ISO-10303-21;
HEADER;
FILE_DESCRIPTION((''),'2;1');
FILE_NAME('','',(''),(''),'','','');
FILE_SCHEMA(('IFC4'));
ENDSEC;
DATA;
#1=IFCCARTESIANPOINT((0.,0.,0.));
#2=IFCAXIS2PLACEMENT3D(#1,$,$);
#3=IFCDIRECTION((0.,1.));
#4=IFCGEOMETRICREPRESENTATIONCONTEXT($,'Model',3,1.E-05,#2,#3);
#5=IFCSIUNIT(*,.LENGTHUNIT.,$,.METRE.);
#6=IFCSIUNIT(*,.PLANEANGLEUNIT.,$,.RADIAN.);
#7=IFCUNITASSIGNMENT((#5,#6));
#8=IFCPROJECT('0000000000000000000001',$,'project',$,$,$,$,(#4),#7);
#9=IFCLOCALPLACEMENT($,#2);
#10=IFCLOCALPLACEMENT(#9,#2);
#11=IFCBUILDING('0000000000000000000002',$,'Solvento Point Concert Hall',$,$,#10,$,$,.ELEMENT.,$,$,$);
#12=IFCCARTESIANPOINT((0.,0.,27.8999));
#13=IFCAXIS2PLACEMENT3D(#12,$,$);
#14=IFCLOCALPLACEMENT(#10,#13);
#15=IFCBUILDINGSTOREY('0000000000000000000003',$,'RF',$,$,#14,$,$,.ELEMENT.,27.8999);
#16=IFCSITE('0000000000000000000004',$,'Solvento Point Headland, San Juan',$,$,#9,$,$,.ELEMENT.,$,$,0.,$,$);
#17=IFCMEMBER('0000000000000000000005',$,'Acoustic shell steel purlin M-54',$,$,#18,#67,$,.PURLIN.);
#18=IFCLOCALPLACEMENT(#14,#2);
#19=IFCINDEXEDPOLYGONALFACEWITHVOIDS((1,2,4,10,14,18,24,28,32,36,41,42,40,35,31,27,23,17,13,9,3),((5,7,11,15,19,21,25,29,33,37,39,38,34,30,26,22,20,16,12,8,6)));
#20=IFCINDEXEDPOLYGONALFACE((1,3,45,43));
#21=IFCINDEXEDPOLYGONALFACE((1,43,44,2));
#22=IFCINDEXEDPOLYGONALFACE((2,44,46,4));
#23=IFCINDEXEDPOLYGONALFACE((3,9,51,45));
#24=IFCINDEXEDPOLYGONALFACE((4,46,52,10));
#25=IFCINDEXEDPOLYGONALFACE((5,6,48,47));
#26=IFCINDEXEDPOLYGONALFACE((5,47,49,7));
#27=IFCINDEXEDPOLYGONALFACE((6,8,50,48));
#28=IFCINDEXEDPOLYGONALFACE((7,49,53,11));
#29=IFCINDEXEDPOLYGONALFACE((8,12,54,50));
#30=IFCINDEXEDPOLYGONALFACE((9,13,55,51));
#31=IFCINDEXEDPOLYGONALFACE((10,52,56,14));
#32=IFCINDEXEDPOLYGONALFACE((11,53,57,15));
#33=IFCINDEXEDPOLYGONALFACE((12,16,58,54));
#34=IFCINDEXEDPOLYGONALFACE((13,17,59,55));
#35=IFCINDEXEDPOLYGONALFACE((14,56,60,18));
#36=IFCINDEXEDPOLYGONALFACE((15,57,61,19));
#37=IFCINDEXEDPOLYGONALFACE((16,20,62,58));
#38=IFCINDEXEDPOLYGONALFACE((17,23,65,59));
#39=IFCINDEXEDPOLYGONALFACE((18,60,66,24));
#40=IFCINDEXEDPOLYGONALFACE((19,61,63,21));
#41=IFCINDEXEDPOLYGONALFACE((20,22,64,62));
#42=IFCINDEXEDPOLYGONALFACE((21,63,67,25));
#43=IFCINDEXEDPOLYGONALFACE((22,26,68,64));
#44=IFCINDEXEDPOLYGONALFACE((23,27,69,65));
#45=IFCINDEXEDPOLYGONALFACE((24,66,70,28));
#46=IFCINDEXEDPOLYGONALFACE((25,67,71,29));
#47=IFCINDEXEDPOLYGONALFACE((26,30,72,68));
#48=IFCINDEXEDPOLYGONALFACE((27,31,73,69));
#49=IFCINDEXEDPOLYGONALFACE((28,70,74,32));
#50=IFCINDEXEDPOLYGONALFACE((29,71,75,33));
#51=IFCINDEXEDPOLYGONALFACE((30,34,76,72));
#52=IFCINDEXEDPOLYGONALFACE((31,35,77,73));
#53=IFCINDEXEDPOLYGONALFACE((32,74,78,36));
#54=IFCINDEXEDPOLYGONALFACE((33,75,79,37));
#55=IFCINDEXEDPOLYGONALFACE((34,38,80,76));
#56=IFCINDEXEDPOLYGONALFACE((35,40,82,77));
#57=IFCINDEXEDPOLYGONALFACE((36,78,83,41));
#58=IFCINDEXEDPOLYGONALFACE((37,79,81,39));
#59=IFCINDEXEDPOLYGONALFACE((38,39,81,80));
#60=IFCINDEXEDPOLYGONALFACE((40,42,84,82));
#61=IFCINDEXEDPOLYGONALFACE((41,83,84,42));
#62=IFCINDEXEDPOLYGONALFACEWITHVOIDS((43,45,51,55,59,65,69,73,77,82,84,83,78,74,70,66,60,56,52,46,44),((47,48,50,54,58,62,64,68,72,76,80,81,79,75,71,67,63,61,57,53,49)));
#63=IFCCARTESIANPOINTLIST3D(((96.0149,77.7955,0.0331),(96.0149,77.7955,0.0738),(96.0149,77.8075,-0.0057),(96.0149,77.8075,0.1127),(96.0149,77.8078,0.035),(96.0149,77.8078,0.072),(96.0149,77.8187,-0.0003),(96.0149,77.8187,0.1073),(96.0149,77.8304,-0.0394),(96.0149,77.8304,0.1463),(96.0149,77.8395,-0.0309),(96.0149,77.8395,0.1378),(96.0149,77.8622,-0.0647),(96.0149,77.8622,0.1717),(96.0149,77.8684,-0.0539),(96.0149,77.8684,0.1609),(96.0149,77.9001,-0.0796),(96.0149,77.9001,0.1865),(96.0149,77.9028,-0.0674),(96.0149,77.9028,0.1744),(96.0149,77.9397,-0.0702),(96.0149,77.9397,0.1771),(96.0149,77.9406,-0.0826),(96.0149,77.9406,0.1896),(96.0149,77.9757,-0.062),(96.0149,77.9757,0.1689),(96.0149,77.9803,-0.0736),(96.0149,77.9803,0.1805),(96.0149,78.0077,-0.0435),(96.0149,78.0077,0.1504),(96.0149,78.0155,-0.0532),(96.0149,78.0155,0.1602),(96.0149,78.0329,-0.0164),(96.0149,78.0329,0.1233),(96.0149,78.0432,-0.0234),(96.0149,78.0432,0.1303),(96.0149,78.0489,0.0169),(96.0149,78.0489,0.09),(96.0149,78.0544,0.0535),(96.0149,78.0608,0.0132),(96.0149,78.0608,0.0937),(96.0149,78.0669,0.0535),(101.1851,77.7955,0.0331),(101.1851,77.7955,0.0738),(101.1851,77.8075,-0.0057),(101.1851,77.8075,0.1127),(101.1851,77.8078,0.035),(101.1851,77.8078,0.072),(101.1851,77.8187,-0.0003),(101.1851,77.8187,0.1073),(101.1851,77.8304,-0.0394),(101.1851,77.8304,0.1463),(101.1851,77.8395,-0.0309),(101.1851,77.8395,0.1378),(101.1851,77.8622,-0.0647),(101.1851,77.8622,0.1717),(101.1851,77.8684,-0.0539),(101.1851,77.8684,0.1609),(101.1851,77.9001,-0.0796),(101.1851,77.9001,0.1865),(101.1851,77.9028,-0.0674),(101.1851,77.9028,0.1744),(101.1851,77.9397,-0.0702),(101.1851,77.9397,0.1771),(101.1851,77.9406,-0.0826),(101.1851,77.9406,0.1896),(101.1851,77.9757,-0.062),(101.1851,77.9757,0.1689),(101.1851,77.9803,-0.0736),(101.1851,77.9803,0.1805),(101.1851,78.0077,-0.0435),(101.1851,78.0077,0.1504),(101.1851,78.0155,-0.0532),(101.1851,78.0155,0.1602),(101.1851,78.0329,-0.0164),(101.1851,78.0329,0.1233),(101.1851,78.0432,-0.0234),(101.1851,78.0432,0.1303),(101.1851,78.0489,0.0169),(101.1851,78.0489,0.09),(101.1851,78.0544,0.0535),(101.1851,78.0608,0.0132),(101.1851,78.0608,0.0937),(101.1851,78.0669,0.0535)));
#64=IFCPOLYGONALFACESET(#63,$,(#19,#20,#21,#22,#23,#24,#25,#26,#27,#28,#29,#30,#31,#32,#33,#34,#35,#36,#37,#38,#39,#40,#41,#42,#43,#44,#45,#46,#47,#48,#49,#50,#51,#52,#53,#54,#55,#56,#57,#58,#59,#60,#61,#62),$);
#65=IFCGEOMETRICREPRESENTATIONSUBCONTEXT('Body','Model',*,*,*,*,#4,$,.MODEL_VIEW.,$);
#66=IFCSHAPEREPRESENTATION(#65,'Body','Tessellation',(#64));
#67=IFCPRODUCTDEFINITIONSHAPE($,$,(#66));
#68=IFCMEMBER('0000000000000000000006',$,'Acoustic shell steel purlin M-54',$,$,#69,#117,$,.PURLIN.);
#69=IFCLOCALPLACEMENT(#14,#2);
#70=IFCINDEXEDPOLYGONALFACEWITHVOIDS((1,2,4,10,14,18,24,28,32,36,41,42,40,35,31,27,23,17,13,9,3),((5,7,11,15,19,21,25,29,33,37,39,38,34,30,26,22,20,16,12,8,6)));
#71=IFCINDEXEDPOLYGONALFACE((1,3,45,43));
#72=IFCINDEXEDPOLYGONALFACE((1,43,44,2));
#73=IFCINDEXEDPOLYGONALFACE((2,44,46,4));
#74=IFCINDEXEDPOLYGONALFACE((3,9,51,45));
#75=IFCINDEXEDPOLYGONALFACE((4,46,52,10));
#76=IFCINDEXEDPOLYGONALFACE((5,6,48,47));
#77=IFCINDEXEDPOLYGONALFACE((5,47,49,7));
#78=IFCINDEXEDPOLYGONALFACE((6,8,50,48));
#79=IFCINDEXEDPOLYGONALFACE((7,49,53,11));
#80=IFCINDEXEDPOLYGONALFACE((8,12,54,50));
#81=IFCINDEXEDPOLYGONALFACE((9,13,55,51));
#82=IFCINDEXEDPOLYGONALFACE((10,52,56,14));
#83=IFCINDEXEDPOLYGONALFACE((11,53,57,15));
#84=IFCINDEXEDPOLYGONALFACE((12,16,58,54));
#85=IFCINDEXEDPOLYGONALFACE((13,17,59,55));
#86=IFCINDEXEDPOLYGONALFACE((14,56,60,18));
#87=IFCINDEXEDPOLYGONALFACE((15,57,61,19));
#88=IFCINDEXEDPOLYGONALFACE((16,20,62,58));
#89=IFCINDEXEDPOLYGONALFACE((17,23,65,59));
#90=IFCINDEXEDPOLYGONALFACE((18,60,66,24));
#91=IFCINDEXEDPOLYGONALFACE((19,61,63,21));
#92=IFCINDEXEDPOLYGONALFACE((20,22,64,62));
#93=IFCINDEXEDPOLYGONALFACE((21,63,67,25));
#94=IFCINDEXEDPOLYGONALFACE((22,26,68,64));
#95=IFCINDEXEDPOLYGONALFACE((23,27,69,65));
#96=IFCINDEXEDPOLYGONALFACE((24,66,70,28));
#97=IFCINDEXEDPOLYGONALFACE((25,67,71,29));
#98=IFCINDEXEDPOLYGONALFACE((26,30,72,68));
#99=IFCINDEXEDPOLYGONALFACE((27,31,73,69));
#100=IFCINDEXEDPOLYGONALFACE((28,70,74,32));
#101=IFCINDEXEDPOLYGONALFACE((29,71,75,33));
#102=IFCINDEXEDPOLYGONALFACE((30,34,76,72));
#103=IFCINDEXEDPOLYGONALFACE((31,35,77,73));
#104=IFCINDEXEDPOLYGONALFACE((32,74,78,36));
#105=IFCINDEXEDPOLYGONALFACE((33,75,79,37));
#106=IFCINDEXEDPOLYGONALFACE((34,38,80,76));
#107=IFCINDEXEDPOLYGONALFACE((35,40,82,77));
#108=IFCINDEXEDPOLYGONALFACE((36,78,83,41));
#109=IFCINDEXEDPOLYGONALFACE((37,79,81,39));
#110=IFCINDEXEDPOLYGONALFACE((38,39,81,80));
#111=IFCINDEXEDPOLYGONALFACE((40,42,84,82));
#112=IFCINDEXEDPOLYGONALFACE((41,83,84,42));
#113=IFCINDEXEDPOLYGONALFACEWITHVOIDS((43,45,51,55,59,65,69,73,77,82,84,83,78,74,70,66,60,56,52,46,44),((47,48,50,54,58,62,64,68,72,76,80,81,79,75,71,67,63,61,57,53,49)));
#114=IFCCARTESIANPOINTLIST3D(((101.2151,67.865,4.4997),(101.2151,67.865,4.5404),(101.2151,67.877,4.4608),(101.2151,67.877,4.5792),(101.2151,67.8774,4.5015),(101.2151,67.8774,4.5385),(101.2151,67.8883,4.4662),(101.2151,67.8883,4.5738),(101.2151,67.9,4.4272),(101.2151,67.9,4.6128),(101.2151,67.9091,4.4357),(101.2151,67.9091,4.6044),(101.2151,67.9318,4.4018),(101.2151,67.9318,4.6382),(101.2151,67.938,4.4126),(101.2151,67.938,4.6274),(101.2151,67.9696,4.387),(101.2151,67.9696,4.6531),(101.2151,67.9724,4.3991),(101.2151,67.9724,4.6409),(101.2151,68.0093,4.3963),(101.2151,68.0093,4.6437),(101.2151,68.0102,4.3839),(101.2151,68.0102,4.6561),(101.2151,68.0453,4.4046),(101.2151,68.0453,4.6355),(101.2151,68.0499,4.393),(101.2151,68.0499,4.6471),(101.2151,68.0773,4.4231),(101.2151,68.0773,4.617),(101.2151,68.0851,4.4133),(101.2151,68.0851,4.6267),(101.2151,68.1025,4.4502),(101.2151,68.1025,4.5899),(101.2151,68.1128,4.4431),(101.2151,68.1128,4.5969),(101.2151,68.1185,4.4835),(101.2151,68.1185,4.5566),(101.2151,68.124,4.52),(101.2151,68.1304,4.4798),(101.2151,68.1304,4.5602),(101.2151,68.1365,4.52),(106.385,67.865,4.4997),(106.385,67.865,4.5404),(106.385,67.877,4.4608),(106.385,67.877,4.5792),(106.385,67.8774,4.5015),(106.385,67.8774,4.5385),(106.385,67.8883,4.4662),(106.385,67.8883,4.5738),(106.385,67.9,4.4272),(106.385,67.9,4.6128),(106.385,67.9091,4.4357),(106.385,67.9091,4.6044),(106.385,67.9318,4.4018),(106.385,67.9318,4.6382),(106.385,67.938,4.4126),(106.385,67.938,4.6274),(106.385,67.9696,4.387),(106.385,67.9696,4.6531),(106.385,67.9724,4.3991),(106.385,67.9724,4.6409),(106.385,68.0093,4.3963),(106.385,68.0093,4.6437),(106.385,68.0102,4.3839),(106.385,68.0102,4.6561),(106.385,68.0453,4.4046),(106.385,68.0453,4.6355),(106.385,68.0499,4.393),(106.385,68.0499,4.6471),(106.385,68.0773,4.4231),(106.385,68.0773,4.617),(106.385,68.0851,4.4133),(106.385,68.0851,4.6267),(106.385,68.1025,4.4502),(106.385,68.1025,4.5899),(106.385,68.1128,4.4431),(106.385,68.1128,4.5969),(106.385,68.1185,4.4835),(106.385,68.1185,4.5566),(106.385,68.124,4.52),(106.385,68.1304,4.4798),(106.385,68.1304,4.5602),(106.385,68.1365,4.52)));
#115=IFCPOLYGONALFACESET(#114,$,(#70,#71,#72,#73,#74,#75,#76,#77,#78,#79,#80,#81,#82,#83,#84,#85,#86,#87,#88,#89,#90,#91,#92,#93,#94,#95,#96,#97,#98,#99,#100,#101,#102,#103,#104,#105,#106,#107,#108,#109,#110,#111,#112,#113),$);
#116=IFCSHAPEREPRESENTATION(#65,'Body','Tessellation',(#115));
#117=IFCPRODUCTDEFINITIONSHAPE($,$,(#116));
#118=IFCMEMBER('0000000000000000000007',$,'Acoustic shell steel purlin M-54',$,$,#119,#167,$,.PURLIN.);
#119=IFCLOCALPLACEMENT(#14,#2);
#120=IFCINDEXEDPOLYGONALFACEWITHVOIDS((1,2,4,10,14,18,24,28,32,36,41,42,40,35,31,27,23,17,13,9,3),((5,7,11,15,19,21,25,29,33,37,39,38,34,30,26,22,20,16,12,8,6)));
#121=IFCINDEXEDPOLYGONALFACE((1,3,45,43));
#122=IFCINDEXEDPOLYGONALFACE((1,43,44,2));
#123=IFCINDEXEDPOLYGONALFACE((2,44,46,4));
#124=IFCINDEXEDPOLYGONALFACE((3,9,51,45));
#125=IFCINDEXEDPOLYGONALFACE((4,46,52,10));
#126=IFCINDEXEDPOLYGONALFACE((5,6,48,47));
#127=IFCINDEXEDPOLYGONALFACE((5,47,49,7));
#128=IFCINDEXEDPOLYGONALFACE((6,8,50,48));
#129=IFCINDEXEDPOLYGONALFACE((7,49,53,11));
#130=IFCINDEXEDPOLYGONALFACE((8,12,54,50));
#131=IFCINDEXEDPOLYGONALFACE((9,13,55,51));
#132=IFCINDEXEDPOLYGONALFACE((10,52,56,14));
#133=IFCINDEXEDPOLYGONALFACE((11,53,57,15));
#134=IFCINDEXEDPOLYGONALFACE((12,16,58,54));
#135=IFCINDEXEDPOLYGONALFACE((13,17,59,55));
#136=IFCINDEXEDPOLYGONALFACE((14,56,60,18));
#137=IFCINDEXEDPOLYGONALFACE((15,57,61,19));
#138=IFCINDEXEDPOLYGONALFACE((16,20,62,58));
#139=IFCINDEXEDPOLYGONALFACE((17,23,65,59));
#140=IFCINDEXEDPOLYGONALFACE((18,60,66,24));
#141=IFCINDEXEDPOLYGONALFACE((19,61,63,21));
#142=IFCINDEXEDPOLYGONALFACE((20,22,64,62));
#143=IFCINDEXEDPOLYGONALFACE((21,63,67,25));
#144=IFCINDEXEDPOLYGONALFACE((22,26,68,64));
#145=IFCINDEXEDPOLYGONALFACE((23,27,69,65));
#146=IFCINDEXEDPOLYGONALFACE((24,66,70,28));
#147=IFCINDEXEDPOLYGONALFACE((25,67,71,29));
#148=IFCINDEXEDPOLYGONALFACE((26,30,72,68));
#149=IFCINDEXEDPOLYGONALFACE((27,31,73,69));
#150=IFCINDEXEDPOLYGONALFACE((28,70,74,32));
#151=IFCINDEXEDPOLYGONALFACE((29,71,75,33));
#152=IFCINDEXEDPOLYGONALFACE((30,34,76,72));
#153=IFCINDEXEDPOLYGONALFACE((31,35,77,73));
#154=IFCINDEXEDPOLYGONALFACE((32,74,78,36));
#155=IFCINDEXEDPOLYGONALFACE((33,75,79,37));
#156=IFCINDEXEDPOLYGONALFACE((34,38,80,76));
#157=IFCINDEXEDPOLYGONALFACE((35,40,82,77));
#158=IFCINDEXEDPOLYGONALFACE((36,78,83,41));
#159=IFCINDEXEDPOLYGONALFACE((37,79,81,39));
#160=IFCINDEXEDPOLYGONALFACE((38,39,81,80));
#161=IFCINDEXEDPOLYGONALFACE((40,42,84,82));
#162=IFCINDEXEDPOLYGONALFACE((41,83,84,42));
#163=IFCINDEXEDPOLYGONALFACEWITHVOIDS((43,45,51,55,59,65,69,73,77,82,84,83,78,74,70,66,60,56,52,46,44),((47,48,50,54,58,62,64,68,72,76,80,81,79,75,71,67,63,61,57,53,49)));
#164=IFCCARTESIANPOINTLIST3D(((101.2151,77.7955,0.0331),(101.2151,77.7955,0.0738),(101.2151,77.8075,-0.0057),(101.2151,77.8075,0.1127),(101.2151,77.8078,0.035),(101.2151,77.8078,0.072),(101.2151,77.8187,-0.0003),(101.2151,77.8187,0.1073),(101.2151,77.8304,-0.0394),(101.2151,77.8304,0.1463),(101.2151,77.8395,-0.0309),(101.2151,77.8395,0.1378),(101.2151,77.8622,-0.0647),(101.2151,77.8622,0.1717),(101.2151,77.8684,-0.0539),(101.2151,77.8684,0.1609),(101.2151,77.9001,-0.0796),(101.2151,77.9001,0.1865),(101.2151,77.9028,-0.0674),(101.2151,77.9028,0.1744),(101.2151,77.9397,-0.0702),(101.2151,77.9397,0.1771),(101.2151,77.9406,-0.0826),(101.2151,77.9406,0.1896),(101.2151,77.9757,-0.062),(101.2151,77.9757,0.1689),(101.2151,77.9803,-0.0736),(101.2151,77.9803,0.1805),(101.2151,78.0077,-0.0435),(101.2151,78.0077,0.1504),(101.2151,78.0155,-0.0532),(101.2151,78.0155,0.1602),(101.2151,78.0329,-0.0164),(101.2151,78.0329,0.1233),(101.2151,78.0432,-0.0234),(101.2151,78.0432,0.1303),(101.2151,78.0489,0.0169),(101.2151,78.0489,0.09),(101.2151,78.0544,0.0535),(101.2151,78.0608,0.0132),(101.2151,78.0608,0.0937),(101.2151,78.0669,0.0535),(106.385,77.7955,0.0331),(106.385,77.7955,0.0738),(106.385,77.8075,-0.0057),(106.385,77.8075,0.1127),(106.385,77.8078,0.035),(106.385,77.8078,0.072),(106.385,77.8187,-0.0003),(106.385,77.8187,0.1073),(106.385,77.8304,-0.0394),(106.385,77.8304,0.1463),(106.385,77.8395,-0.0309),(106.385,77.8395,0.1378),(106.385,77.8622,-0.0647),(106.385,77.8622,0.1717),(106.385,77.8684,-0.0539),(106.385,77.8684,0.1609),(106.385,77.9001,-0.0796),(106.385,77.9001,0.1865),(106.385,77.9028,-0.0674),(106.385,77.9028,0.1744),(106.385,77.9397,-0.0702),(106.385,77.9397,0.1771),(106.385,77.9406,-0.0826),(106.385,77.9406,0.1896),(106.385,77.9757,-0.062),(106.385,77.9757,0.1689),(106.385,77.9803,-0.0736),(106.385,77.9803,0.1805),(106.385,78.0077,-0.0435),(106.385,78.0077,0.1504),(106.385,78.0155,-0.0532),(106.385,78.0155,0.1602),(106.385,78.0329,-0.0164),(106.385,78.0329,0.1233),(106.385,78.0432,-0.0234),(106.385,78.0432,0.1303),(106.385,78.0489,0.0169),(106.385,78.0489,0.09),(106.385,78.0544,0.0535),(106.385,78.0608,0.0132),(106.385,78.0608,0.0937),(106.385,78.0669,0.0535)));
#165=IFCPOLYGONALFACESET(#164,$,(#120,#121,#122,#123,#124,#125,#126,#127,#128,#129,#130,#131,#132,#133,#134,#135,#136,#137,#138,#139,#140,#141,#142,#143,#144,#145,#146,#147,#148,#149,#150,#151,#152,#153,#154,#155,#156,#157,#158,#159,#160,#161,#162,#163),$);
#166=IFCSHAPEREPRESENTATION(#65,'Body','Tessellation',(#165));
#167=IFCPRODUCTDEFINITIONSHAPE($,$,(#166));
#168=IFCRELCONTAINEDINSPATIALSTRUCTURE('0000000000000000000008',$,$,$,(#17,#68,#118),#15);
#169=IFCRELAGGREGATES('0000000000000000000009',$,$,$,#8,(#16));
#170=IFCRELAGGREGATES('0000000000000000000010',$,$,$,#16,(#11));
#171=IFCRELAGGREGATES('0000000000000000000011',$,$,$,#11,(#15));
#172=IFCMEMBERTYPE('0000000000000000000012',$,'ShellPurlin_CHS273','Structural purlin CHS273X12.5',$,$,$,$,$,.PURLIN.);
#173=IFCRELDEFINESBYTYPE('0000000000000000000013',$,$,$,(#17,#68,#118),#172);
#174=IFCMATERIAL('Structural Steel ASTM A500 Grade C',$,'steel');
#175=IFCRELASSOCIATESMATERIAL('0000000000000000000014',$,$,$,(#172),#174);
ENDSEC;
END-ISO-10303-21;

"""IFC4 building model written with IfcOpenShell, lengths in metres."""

from ifc_helpers import new_model, si_unit, direction, frame, origin, origin_2d, place, context, subcontext, project, spatial, hollow_circle, extrude, material, material_profile, profile_set, type_object, element, save


model = new_model("IFC4")

# Units and contexts
model_context = context("Model", 3, precision=1e-05, world=origin(), true_north=direction((0.0, 1.0)))
body_context = subcontext(model_context, "Body", "Model", "MODEL_VIEW")
ifc_project = project(units=[si_unit("LENGTHUNIT", "METRE"), si_unit("PLANEANGLEUNIT", "RADIAN")], contexts=[model_context])

# Site, building, storey
site_placement = place(None, origin())
site = spatial("IfcSite", under=ifc_project, at=site_placement, Name="Solvento Point Headland, San Juan", CompositionType="ELEMENT", RefElevation=0.0)
building_placement = place(site_placement, origin())
building = spatial("IfcBuilding", under=site, at=building_placement, Name="Solvento Point Concert Hall", CompositionType="ELEMENT")
storey_placement = place(building_placement, frame((0.0, 0.0, 27.8999)))
storey = spatial("IfcBuildingStorey", under=building, at=storey_placement, Name="RF", CompositionType="ELEMENT", Elevation=27.8999)

# Members
ifc_material_1 = material(Name="Structural Steel ASTM A500 Grade C", Category="steel")
ifc_material_profile_1 = material_profile(ifc_material_1, hollow_circle(Radius=0.1365, WallThickness=0.0125, at=origin_2d()), Name="CHS273X12.5")
ifc_profile_set_1 = profile_set([ifc_material_profile_1], Name="Structural Steel ASTM A500 Grade C")
member_type_1 = type_object("IfcMemberType", Name="ShellPurlin_CHS273", Description="Structural purlin CHS273X12.5", PredefinedType="PURLIN", material=ifc_profile_set_1)
for number, where, z_axis, x_axis, name in (
    (1, (96.0149, 77.9304, 0.0535), (1.0, 0.0, 0.0), (0.0, 1.0, 0.0), "Acoustic shell steel purlin M-54"),
):
    element("IfcMember", number, at=place(storey_placement, frame(where, z_axis=z_axis, x_axis=x_axis)), inside=storey, type_object=member_type_1, Name=name, PredefinedType="PURLIN", context=body_context, shape_type="SweptSolid", body=[
        extrude(hollow_circle(Radius=0.1365, WallThickness=0.0125, at=origin_2d()), origin(), (0.0, 0.0, 1.0), 5.1702),
    ])
for number, where, z_axis, x_axis, name in (
    (2, (101.2151, 68.0, 4.52), (1.0, 0.0, 0.0), (0.0, 1.0, 0.0), "Acoustic shell steel purlin M-54"),
    (3, (101.2151, 77.9304, 0.0535), (1.0, 0.0, 0.0), (0.0, 1.0, 0.0), "Acoustic shell steel purlin M-54"),
):
    element("IfcMember", number, at=place(storey_placement, frame(where, z_axis=z_axis, x_axis=x_axis)), inside=storey, type_object=member_type_1, Name=name, PredefinedType="PURLIN", context=body_context, shape_type="SweptSolid", body=[
        extrude(hollow_circle(Radius=0.1365, WallThickness=0.0125, at=origin_2d()), origin(), (0.0, 0.0, 1.0), 5.1699),
    ])

save(model, "model.ifc")
